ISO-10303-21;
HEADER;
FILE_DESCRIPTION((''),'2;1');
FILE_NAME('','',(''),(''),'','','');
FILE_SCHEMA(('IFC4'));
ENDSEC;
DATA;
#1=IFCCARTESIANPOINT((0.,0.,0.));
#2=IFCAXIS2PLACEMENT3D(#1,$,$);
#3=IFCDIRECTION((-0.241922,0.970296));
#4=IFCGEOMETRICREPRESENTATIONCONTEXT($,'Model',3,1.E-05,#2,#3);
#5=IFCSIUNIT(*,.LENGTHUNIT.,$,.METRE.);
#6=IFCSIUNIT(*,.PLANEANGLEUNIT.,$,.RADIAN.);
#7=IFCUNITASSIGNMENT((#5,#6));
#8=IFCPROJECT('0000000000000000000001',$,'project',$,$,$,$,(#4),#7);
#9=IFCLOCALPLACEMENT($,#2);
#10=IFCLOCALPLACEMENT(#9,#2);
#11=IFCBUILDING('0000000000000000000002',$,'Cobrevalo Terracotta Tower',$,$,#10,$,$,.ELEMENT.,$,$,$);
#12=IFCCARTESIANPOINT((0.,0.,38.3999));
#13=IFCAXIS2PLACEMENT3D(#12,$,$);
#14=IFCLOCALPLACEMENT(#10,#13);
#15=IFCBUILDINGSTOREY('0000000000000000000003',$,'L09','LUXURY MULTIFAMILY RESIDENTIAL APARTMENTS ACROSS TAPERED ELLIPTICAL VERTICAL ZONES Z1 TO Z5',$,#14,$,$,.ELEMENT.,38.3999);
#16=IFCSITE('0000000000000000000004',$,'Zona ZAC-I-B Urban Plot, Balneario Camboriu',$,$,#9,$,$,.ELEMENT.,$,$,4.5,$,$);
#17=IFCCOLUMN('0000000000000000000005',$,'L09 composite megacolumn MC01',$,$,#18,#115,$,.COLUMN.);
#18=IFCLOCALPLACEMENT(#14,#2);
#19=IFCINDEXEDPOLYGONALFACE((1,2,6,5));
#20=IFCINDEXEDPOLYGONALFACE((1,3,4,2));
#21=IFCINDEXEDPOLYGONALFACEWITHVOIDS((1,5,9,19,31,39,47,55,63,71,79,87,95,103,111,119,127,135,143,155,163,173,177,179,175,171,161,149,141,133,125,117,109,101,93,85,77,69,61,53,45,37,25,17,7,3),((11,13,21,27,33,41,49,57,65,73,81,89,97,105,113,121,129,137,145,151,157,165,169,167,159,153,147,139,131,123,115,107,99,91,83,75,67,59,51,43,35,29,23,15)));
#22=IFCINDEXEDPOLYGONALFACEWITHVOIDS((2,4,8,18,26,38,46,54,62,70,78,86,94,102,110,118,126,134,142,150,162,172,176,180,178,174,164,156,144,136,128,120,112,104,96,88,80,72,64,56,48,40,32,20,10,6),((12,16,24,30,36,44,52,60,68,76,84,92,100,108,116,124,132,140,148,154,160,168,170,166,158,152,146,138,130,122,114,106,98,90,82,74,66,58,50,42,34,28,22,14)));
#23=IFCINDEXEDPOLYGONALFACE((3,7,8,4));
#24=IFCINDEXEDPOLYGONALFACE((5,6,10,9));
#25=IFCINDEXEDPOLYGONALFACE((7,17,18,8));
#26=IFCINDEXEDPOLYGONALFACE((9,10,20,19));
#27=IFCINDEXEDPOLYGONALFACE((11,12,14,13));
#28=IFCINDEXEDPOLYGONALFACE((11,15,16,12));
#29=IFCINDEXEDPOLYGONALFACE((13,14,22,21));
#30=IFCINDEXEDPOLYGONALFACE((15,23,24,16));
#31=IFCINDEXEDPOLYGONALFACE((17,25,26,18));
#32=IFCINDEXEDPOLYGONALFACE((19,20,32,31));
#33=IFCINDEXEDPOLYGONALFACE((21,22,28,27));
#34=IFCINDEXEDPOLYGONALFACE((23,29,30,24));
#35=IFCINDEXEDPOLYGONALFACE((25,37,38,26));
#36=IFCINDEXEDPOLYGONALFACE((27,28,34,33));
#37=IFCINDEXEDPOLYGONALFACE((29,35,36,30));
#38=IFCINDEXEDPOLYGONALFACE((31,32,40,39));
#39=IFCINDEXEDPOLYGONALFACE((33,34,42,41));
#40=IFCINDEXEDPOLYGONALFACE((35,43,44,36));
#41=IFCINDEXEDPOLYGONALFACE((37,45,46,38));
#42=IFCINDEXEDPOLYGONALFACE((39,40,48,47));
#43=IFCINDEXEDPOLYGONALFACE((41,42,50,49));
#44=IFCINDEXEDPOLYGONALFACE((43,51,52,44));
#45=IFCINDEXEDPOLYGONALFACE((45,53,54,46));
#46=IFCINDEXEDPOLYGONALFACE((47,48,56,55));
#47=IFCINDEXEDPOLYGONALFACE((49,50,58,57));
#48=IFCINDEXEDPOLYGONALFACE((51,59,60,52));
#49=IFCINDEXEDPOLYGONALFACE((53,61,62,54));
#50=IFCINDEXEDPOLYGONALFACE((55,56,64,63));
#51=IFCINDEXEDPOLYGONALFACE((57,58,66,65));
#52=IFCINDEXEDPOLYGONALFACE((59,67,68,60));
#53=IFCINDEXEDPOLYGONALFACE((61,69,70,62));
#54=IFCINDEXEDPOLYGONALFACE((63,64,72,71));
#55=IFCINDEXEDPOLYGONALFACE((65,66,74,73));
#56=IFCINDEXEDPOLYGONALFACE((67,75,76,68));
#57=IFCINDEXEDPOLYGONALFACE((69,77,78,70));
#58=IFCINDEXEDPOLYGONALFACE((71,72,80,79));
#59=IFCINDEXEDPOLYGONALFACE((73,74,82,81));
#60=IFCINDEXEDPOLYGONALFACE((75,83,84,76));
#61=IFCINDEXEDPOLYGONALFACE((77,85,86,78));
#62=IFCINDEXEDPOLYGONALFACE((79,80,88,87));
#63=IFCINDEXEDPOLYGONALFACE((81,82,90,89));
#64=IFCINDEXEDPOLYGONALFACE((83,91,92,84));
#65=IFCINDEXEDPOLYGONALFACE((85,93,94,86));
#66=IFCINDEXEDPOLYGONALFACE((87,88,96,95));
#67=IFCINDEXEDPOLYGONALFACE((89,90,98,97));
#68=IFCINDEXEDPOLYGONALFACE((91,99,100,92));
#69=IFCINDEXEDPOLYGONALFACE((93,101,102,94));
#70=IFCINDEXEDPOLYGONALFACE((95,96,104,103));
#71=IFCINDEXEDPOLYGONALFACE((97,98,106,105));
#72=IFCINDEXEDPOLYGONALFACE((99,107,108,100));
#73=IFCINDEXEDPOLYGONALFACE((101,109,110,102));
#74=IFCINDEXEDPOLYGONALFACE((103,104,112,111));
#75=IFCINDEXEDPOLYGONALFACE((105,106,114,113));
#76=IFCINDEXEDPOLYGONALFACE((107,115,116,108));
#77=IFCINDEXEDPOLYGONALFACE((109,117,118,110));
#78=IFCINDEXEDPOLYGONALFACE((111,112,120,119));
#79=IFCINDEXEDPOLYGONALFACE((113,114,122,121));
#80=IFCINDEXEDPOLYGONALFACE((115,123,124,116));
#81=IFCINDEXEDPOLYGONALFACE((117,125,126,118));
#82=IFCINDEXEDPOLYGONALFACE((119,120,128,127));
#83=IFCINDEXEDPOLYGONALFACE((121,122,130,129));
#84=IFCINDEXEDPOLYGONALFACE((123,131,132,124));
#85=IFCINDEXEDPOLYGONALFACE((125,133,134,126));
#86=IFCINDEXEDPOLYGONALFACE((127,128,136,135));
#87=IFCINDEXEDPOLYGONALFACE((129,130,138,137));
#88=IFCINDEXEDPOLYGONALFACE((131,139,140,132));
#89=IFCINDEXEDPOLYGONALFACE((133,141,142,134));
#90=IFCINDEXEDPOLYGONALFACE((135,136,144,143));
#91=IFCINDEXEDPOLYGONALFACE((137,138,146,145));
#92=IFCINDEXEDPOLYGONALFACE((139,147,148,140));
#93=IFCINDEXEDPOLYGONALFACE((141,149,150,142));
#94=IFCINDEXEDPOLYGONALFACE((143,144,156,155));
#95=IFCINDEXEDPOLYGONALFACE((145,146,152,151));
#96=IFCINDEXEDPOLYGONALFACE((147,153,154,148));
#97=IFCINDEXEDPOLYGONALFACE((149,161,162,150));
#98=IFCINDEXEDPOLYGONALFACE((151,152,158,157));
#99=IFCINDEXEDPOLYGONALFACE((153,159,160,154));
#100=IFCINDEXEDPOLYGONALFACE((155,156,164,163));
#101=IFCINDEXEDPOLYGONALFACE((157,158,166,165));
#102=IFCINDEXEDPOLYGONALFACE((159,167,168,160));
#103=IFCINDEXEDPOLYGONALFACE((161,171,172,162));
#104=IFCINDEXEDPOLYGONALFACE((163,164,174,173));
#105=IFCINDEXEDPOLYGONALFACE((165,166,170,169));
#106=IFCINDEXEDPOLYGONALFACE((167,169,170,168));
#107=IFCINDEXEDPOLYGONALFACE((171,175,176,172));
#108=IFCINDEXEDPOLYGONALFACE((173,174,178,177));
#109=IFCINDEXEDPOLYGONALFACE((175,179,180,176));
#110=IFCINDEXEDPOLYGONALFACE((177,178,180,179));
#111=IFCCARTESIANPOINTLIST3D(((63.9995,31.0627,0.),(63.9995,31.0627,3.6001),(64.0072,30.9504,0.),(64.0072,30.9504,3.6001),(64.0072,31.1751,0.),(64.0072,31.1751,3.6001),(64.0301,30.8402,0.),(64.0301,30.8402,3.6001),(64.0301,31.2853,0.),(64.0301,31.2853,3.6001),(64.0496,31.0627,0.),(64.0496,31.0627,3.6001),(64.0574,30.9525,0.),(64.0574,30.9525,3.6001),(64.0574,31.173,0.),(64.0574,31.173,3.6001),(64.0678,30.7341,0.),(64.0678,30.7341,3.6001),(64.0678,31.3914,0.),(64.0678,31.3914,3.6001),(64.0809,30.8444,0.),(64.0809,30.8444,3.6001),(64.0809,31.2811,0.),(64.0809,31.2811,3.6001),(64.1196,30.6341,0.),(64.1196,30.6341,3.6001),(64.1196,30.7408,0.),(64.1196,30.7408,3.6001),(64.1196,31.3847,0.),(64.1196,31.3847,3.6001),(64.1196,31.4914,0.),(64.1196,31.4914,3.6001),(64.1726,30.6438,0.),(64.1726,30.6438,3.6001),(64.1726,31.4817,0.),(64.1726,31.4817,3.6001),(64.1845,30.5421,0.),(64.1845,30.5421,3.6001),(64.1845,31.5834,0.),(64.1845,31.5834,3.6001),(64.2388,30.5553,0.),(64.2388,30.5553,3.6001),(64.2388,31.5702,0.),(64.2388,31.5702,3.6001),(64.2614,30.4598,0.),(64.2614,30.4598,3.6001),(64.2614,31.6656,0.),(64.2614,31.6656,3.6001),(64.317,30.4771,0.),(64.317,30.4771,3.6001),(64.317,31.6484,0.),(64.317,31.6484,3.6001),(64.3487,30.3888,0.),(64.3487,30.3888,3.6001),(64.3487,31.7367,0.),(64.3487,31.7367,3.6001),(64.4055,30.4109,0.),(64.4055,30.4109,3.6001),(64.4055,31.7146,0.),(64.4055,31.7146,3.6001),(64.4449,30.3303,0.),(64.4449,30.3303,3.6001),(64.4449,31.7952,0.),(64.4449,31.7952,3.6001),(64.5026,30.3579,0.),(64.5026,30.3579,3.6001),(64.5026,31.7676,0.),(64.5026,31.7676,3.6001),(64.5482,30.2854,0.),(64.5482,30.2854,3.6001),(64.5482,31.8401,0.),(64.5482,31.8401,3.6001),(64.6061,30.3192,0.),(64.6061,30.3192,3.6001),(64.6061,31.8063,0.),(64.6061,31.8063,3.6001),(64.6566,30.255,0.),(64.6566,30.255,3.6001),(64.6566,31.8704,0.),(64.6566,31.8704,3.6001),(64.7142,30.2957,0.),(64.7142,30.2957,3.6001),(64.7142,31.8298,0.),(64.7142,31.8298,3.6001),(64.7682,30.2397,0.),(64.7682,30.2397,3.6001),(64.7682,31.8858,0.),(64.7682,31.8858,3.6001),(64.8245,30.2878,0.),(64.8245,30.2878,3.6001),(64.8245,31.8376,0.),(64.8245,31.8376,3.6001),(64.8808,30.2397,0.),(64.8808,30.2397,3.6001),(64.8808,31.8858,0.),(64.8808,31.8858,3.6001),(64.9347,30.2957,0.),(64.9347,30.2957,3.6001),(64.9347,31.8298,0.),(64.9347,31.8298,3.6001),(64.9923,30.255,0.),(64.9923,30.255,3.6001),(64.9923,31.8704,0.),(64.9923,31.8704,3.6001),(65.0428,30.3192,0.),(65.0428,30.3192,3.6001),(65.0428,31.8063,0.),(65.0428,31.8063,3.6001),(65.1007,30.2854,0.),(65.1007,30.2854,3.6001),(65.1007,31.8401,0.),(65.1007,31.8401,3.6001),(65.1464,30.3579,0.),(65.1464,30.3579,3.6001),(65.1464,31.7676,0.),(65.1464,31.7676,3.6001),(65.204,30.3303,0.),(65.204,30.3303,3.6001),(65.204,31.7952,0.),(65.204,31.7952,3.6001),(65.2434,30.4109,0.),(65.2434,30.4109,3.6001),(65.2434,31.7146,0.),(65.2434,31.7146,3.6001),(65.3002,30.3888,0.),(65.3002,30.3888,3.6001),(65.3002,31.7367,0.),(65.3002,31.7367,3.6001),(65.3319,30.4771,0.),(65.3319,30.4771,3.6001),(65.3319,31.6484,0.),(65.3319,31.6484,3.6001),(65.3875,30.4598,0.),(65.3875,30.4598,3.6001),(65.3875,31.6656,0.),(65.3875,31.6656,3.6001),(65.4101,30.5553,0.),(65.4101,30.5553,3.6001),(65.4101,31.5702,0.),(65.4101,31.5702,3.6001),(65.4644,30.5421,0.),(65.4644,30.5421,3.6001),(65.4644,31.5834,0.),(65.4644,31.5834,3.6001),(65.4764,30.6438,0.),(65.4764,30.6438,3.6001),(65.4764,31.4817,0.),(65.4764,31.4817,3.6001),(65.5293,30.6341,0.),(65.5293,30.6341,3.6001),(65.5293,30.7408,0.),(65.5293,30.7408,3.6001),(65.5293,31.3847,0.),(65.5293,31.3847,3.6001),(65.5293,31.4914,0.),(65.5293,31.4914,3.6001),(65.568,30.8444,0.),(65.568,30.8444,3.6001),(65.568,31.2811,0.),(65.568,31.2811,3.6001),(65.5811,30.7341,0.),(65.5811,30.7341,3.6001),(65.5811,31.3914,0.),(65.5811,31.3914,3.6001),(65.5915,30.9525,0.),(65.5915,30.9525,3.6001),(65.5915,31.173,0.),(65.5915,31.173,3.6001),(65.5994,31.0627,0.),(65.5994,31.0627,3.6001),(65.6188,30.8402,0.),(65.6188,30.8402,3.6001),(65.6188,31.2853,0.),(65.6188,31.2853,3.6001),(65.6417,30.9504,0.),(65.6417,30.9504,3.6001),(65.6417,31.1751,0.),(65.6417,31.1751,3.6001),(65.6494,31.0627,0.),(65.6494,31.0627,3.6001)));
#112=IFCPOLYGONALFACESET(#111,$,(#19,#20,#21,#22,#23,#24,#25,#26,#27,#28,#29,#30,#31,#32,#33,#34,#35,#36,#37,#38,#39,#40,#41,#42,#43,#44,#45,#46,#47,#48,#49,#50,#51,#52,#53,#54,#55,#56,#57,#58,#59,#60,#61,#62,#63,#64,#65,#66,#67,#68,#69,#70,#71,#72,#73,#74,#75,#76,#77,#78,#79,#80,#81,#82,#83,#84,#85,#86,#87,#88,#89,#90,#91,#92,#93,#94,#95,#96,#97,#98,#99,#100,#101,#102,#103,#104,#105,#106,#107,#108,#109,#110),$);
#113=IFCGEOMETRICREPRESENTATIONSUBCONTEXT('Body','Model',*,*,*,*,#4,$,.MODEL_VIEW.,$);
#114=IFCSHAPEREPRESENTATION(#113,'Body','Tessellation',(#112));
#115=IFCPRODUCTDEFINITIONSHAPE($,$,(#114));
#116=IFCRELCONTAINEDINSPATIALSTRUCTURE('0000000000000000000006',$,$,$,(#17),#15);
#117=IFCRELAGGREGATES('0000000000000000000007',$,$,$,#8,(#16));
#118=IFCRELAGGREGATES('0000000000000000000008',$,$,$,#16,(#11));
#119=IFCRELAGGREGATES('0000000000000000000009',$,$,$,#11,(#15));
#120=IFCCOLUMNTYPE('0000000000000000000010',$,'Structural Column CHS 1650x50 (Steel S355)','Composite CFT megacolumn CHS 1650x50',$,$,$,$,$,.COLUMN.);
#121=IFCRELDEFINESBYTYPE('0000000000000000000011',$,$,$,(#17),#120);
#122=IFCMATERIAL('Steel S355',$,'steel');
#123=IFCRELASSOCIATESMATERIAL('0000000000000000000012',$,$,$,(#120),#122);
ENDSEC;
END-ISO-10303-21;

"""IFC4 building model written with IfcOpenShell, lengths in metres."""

from ifc_helpers import new_model, si_unit, direction, frame, origin, origin_2d, place, context, subcontext, project, spatial, hollow_circle, extrude, material, material_profile, profile_set, type_object, element, save


model = new_model("IFC4")

# Units and contexts
model_context = context("Model", 3, precision=1e-05, world=origin(), true_north=direction((-0.241922, 0.970296)))
body_context = subcontext(model_context, "Body", "Model", "MODEL_VIEW")
ifc_project = project(units=[si_unit("LENGTHUNIT", "METRE"), si_unit("PLANEANGLEUNIT", "RADIAN")], contexts=[model_context])

# Site, building, storey
site_placement = place(None, origin())
site = spatial("IfcSite", under=ifc_project, at=site_placement, Name="Zona ZAC-I-B Urban Plot, Balneario Camboriu", CompositionType="ELEMENT", RefElevation=4.5)
building_placement = place(site_placement, origin())
building = spatial("IfcBuilding", under=site, at=building_placement, Name="Cobrevalo Terracotta Tower", CompositionType="ELEMENT")
storey_placement = place(building_placement, frame((0.0, 0.0, 38.3999)))
storey = spatial("IfcBuildingStorey", under=building, at=storey_placement, Name="L09", Description="LUXURY MULTIFAMILY RESIDENTIAL APARTMENTS ACROSS TAPERED ELLIPTICAL VERTICAL ZONES Z1 TO Z5", CompositionType="ELEMENT", Elevation=38.3999)

# Column
ifc_material_1 = material(Name="Steel S355", Category="steel")
ifc_material_profile_1 = material_profile(ifc_material_1, hollow_circle(Radius=0.825, WallThickness=0.05, at=origin_2d()), Name="CHS 1650x50")
ifc_profile_set_1 = profile_set([ifc_material_profile_1], Name="Steel S355")
column_type = type_object("IfcColumnType", Name="Structural Column CHS 1650x50 (Steel S355)", Description="Composite CFT megacolumn CHS 1650x50", PredefinedType="COLUMN", material=ifc_profile_set_1)
for number, where, z_axis, x_axis, name in (
    (1, (64.8245, 31.0627, 0.0), (0.0, 0.0, 1.0), (1.0, 0.0, 0.0), "L09 composite megacolumn MC01"),
):
    element("IfcColumn", number, at=place(storey_placement, frame(where, z_axis=z_axis, x_axis=x_axis)), inside=storey, type_object=column_type, Name=name, PredefinedType="COLUMN", context=body_context, shape_type="SweptSolid", body=[
        extrude(hollow_circle(Radius=0.825, WallThickness=0.05, at=origin_2d()), origin(), (0.0, 0.0, 1.0), 3.6001),
    ])

save(model, "model.ifc")
